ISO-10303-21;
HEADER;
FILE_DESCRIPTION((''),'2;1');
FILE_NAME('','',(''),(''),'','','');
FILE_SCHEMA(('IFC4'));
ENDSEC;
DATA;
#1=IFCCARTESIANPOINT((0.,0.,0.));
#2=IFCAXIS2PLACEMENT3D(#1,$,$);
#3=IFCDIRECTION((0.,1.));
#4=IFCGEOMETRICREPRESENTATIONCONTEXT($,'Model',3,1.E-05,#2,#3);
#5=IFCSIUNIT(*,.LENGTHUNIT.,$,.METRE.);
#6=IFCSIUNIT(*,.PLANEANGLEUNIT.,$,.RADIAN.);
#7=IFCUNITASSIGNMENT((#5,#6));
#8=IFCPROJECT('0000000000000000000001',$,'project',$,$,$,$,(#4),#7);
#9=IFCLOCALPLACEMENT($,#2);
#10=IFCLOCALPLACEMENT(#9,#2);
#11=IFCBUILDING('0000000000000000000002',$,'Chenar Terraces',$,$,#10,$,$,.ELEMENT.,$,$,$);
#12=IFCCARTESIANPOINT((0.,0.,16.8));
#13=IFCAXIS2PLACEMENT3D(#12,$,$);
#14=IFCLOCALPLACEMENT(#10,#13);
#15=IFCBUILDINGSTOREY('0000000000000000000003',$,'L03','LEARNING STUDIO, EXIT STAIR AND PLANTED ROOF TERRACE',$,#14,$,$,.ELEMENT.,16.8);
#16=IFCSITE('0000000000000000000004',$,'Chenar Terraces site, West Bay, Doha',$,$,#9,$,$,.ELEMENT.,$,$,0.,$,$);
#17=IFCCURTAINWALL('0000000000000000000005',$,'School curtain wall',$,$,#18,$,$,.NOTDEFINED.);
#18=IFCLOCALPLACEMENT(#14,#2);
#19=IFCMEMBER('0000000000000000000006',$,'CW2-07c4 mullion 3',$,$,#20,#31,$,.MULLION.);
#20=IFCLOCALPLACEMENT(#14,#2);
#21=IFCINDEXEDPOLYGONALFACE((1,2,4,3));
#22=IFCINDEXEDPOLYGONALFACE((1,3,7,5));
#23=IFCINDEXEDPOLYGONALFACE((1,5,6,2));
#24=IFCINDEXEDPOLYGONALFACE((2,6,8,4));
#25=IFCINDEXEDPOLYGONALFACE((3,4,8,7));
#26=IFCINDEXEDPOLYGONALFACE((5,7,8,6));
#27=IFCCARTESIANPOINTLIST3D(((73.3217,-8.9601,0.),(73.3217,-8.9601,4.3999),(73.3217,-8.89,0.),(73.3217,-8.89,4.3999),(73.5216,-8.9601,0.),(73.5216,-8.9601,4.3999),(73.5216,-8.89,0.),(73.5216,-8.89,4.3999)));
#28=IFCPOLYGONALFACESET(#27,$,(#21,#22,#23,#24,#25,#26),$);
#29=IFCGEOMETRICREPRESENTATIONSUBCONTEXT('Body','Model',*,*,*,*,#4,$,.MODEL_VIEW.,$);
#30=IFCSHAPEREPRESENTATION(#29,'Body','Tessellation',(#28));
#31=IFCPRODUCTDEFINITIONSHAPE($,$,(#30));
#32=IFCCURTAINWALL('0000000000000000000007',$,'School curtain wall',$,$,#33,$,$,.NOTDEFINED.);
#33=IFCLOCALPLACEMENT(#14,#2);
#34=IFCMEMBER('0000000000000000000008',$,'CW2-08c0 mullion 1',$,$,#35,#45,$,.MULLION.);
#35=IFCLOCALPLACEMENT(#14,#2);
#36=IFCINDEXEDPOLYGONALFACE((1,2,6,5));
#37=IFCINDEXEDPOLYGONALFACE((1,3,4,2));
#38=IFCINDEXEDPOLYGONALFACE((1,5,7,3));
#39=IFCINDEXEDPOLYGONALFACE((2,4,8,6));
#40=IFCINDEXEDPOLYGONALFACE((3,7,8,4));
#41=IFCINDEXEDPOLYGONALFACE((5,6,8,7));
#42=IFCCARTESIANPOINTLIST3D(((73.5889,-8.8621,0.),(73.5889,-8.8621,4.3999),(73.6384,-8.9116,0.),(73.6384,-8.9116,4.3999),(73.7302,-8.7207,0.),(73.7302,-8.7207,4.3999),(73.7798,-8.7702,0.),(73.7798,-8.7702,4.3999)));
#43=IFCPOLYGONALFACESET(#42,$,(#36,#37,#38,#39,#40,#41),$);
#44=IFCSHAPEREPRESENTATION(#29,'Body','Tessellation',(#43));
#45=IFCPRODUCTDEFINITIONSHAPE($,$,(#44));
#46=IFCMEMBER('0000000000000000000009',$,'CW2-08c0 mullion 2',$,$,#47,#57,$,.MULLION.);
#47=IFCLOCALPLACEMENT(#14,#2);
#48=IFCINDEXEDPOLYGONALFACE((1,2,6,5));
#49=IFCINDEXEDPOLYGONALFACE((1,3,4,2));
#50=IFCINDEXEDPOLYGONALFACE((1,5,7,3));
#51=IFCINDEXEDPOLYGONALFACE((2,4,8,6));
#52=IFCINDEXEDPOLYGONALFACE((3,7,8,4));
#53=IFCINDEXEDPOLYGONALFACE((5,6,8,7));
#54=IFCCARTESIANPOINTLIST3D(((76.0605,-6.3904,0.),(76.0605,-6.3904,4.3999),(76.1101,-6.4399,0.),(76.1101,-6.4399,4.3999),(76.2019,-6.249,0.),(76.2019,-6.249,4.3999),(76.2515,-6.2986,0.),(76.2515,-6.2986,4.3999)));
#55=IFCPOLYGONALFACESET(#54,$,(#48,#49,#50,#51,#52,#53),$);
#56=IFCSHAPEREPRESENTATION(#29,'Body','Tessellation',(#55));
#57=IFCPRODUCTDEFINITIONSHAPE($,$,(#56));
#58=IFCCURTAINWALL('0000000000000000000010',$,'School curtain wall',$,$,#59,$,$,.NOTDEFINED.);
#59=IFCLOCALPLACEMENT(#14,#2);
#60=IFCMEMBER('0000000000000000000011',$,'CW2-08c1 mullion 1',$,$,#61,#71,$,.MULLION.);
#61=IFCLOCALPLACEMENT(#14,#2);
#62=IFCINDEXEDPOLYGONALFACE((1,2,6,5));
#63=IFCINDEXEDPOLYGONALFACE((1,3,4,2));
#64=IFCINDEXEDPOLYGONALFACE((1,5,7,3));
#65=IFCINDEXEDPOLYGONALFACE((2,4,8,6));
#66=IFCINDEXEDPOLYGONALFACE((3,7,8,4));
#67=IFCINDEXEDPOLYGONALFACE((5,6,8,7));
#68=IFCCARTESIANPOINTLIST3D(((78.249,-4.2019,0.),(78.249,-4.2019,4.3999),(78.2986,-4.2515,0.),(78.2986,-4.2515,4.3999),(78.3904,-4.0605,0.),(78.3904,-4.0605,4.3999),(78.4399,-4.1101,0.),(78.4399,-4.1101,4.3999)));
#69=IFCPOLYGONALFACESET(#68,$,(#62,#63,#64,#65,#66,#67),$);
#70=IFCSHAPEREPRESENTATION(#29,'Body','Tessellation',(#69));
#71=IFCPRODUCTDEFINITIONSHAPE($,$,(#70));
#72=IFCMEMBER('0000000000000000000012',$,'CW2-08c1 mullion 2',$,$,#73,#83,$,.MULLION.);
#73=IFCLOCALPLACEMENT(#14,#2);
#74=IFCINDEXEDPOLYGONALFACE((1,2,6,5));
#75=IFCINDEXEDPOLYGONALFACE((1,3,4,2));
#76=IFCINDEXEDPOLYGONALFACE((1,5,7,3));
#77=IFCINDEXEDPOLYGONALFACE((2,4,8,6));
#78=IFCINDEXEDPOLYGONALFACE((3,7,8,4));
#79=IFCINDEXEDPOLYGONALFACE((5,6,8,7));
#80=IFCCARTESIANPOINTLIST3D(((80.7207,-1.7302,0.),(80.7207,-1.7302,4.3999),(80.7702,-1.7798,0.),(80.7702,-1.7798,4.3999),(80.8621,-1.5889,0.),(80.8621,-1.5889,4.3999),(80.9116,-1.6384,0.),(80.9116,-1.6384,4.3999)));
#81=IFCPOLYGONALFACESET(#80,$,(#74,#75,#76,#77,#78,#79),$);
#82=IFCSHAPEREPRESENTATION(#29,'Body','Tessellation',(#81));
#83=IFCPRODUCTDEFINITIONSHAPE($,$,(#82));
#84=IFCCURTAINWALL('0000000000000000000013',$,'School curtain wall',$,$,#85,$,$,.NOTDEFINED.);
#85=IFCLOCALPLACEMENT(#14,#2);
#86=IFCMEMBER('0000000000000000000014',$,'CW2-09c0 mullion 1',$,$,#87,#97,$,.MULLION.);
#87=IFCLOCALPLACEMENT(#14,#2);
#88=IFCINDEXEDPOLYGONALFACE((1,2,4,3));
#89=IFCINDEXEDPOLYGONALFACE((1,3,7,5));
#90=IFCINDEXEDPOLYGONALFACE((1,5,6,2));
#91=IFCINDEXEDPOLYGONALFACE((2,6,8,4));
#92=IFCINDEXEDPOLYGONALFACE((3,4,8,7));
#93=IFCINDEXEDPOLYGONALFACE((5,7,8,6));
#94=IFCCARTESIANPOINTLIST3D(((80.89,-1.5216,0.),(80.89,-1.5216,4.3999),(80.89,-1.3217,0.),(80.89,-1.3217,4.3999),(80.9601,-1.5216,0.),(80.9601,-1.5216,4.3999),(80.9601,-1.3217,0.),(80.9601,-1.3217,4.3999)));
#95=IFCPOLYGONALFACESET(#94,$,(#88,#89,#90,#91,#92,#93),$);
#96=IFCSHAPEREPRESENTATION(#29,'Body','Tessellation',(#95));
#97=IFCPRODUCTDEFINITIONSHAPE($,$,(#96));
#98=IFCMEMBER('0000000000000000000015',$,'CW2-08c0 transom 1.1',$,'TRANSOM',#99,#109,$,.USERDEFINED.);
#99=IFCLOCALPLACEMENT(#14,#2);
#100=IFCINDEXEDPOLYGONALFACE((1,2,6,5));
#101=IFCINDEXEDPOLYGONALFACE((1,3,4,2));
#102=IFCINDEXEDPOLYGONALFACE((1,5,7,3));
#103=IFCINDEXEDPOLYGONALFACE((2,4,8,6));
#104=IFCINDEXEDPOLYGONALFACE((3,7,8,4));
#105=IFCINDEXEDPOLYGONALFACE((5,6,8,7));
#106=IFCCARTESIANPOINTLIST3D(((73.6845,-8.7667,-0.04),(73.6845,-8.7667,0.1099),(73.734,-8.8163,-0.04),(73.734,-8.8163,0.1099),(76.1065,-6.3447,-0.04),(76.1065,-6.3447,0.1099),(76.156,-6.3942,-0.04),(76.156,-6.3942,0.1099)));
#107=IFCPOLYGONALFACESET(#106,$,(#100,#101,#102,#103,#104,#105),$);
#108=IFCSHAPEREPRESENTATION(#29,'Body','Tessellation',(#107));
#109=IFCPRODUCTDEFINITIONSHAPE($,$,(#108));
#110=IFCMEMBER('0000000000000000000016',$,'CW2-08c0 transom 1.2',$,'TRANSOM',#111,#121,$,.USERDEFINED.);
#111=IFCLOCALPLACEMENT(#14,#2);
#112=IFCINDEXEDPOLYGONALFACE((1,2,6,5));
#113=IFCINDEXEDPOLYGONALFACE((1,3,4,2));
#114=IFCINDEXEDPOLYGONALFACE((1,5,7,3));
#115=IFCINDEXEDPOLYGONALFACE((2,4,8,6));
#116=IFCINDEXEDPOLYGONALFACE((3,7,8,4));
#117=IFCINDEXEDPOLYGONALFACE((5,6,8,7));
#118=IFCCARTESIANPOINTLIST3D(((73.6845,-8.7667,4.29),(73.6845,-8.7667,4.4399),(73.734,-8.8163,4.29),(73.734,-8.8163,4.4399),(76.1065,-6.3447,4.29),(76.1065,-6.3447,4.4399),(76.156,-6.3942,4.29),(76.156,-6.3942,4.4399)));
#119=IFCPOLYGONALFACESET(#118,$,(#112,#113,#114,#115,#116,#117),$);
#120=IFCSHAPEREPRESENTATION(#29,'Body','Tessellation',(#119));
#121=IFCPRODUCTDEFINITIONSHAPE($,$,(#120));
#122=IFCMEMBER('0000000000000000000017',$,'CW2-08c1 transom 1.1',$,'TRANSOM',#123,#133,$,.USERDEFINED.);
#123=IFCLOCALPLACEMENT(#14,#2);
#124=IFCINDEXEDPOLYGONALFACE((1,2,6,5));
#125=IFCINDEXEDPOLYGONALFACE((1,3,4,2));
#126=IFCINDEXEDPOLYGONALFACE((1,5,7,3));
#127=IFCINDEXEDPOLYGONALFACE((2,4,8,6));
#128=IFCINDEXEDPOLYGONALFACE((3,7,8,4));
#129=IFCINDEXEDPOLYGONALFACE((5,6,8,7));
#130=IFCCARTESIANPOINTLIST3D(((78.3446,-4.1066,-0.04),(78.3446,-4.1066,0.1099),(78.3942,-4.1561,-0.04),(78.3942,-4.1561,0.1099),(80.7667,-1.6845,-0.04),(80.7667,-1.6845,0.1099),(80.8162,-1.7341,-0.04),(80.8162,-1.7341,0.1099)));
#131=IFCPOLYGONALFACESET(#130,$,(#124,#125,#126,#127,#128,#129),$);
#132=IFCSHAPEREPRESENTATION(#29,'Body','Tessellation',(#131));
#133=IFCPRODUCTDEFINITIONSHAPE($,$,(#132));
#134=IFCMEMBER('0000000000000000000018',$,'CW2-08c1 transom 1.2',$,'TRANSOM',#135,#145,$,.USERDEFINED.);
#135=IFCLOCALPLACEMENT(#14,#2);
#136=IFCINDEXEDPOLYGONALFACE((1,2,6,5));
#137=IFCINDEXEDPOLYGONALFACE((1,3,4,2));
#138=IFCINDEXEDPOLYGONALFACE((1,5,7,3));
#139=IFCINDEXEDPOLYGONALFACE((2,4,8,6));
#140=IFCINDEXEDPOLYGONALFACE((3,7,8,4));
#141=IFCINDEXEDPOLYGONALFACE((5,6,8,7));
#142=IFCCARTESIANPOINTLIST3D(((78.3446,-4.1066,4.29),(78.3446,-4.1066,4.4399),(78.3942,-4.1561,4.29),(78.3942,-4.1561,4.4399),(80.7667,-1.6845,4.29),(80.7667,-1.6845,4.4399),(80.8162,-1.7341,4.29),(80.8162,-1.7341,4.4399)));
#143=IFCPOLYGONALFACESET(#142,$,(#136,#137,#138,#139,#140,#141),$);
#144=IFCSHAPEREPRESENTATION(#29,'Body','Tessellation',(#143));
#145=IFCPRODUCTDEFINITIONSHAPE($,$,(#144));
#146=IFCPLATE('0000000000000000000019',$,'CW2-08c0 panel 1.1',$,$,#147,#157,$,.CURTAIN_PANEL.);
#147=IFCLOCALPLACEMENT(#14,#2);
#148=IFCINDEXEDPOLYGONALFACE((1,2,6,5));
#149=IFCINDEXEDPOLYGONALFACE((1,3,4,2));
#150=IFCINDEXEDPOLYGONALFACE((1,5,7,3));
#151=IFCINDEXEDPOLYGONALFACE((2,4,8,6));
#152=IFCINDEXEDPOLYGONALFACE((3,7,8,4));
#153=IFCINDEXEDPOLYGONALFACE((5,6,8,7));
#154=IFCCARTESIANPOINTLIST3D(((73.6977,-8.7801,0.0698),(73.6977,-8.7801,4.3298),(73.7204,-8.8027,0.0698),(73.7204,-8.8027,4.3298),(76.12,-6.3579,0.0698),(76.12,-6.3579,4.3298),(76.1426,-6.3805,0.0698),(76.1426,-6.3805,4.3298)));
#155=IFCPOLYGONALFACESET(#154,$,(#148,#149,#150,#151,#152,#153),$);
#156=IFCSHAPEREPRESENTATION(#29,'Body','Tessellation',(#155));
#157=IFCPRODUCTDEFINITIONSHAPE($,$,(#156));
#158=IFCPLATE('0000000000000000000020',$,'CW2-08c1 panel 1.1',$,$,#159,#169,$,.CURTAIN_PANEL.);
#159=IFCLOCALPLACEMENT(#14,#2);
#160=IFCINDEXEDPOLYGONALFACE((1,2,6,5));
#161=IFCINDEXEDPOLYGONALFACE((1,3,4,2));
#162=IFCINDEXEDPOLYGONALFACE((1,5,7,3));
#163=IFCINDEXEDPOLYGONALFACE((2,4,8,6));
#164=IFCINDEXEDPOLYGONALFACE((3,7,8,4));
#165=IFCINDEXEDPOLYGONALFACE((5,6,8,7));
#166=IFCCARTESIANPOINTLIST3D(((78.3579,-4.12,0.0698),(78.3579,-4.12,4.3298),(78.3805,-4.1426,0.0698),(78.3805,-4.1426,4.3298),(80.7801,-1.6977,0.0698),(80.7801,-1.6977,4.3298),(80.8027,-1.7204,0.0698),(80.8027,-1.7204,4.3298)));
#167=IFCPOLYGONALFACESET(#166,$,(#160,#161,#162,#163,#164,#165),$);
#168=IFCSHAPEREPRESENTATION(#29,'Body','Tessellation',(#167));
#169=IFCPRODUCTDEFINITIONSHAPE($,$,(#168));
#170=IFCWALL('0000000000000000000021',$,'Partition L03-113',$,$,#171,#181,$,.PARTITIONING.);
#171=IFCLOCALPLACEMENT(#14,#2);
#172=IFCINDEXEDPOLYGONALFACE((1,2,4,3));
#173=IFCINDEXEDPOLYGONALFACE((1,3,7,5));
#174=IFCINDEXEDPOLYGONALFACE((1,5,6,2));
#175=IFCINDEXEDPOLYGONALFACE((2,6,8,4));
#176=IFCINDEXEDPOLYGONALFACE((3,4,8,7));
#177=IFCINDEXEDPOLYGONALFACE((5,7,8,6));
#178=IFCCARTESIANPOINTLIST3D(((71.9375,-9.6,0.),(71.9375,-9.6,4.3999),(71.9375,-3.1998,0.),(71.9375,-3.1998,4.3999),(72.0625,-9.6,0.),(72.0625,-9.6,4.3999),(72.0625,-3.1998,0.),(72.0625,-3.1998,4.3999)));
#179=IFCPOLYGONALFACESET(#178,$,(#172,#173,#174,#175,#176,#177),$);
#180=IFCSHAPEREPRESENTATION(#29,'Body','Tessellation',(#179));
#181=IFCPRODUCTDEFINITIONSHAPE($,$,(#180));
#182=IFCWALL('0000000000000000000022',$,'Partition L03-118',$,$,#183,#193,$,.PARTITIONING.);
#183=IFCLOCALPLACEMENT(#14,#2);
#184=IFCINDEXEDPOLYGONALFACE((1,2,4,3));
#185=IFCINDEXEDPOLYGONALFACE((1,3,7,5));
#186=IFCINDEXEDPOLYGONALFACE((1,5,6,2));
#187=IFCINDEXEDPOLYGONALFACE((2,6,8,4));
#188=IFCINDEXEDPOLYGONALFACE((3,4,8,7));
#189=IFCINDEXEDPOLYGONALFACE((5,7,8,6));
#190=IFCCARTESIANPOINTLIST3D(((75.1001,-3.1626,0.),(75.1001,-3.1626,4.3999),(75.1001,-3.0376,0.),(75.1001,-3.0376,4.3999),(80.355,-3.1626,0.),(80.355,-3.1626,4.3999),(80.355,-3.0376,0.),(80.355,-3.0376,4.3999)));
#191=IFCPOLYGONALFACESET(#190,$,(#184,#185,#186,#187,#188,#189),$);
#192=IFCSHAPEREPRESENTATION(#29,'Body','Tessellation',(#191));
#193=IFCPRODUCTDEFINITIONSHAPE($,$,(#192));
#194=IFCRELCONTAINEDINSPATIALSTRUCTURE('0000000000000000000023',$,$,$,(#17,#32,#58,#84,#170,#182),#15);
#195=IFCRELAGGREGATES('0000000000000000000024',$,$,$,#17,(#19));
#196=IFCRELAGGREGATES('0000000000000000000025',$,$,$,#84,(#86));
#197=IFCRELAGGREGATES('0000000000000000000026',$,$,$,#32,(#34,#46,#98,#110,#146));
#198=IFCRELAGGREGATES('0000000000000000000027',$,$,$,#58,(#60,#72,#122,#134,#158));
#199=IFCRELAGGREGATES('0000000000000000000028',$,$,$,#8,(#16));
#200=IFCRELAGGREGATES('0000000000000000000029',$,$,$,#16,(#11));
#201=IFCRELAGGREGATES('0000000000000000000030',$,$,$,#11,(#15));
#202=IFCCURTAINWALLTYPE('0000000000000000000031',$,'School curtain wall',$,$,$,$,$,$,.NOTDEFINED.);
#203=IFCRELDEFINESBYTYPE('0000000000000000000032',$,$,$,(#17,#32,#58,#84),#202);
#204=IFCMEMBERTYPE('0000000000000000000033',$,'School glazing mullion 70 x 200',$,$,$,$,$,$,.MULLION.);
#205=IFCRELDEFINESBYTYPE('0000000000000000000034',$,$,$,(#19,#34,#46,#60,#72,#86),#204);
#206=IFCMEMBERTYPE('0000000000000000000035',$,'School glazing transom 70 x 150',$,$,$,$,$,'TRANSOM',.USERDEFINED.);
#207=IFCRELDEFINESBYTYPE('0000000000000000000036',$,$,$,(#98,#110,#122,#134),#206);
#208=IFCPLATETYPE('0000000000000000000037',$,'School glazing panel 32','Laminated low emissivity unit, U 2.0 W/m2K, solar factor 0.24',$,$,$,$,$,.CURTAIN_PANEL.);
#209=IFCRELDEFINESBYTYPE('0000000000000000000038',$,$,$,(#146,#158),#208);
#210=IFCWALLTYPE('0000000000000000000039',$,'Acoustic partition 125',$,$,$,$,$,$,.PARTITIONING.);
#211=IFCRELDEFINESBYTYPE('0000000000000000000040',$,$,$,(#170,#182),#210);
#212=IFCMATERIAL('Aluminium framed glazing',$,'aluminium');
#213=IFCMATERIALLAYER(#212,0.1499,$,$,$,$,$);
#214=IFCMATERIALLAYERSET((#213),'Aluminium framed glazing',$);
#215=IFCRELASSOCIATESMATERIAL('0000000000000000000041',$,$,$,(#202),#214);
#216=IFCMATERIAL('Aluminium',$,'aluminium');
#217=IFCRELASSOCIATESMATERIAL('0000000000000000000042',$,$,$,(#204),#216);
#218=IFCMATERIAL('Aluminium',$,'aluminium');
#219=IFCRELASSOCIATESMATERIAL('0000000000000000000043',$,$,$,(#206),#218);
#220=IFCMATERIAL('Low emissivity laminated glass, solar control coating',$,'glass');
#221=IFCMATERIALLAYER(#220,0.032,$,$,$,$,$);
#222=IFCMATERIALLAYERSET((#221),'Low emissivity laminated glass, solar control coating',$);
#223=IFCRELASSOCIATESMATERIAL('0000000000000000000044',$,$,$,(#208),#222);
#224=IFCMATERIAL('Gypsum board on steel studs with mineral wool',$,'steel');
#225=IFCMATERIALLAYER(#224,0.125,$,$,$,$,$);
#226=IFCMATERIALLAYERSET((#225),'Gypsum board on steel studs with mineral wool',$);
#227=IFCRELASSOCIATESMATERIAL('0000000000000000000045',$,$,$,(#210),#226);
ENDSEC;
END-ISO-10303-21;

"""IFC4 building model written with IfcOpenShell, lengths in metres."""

from ifc_helpers import new_model, si_unit, direction, frame, frame_2d, origin, origin_2d, place, context, subcontext, project, spatial, rectangle, extrude, material, layer, layer_set, material_profile, profile_set, type_object, element, aggregate, save


model = new_model("IFC4")

# Units and contexts
model_context = context("Model", 3, precision=1e-05, world=origin(), true_north=direction((0.0, 1.0)))
body_context = subcontext(model_context, "Body", "Model", "MODEL_VIEW")
ifc_project = project(units=[si_unit("LENGTHUNIT", "METRE"), si_unit("PLANEANGLEUNIT", "RADIAN")], contexts=[model_context])

# Site, building, storey
site_placement = place(None, origin())
site = spatial("IfcSite", under=ifc_project, at=site_placement, Name="Chenar Terraces site, West Bay, Doha", CompositionType="ELEMENT", RefElevation=0.0)
building_placement = place(site_placement, origin())
building = spatial("IfcBuilding", under=site, at=building_placement, Name="Chenar Terraces", CompositionType="ELEMENT")
storey_placement = place(building_placement, frame((0.0, 0.0, 16.8)))
storey = spatial("IfcBuildingStorey", under=building, at=storey_placement, Name="L03", Description="LEARNING STUDIO, EXIT STAIR AND PLANTED ROOF TERRACE", CompositionType="ELEMENT", Elevation=16.8)

# Curtain wall, member
ifc_material_1 = material(Name="Aluminium framed glazing", Category="aluminium")
ifc_layer_1 = layer(ifc_material_1, 0.1499)
ifc_layer_set_1 = layer_set([ifc_layer_1], Name="Aluminium framed glazing")
curtain_wall_type = type_object("IfcCurtainWallType", Name="School curtain wall", PredefinedType="NOTDEFINED", material=ifc_layer_set_1)
placement = place(storey_placement, origin())
curtain_wall_1 = element("IfcCurtainWall", 1, at=placement, inside=storey, type_object=curtain_wall_type, Name="School curtain wall", PredefinedType="NOTDEFINED")
ifc_material_2 = material(Name="Aluminium", Category="aluminium")
ifc_material_profile_1 = material_profile(ifc_material_2, rectangle(XDim=0.0701, YDim=0.2, at=origin_2d()), Name="School glazing mullion 70 x 200")
ifc_profile_set_1 = profile_set([ifc_material_profile_1], Name="Aluminium")
member_type_1 = type_object("IfcMemberType", Name="School glazing mullion 70 x 200", PredefinedType="MULLION", material=ifc_profile_set_1)
member_1_placement = place(storey_placement, frame((73.4216, -8.925, 0.0), z_axis=(0.0, 0.0, 1.0), x_axis=(0.0, 1.0, 0.0)))
member_1 = element("IfcMember", 2, at=member_1_placement, type_object=member_type_1, Name="CW2-07c4 mullion 3", PredefinedType="MULLION", context=body_context, shape_type="SweptSolid", body=[
    extrude(rectangle(XDim=0.0701, YDim=0.2, at=origin_2d()), origin(), (0.0, 0.0, 1.0), 4.3999),
])
aggregate(curtain_wall_1, [member_1])

# Curtain walls, members
curtain_wall_2 = element("IfcCurtainWall", 3, at=placement, inside=storey, type_object=curtain_wall_type, Name="School curtain wall", PredefinedType="NOTDEFINED")
member_2_placement = place(storey_placement, frame((73.6843, -8.8162, 0.0), z_axis=(0.0, 0.0, 1.0), x_axis=(-0.707107, 0.707107, 0.0)))
member_2 = element("IfcMember", 4, at=member_2_placement, type_object=member_type_1, Name="CW2-08c0 mullion 1", PredefinedType="MULLION", context=body_context, shape_type="SweptSolid", body=[
    extrude(rectangle(XDim=0.0701, YDim=0.2, at=origin_2d()), origin(), (0.0, 0.0, 1.0), 4.3999),
])
member_3_placement = place(storey_placement, frame((76.156, -6.3445, 0.0), z_axis=(0.0, 0.0, 1.0), x_axis=(-0.707107, 0.707107, 0.0)))
member_3 = element("IfcMember", 5, at=member_3_placement, type_object=member_type_1, Name="CW2-08c0 mullion 2", PredefinedType="MULLION", context=body_context, shape_type="SweptSolid", body=[
    extrude(rectangle(XDim=0.0701, YDim=0.2, at=origin_2d()), origin(), (0.0, 0.0, 1.0), 4.3999),
])
curtain_wall_3 = element("IfcCurtainWall", 6, at=placement, inside=storey, type_object=curtain_wall_type, Name="School curtain wall", PredefinedType="NOTDEFINED")
member_4_placement = place(storey_placement, frame((78.3445, -4.156, 0.0), z_axis=(0.0, 0.0, 1.0), x_axis=(-0.707107, 0.707107, 0.0)))
member_4 = element("IfcMember", 7, at=member_4_placement, type_object=member_type_1, Name="CW2-08c1 mullion 1", PredefinedType="MULLION", context=body_context, shape_type="SweptSolid", body=[
    extrude(rectangle(XDim=0.0701, YDim=0.2, at=origin_2d()), origin(), (0.0, 0.0, 1.0), 4.3999),
])
member_5_placement = place(storey_placement, frame((80.8162, -1.6843, 0.0), z_axis=(0.0, 0.0, 1.0), x_axis=(-0.707107, 0.707107, 0.0)))
member_5 = element("IfcMember", 8, at=member_5_placement, type_object=member_type_1, Name="CW2-08c1 mullion 2", PredefinedType="MULLION", context=body_context, shape_type="SweptSolid", body=[
    extrude(rectangle(XDim=0.0701, YDim=0.2, at=origin_2d()), origin(), (0.0, 0.0, 1.0), 4.3999),
])

# Curtain wall, member
curtain_wall_4 = element("IfcCurtainWall", 9, at=placement, inside=storey, type_object=curtain_wall_type, Name="School curtain wall", PredefinedType="NOTDEFINED")
member_6_placement = place(storey_placement, frame((80.925, -1.4216, 0.0), z_axis=(0.0, 0.0, 1.0), x_axis=(-1.0, 0.0, 0.0)))
member_6 = element("IfcMember", 10, at=member_6_placement, type_object=member_type_1, Name="CW2-09c0 mullion 1", PredefinedType="MULLION", context=body_context, shape_type="SweptSolid", body=[
    extrude(rectangle(XDim=0.0701, YDim=0.2, at=origin_2d()), origin(), (0.0, 0.0, 1.0), 4.3999),
])
aggregate(curtain_wall_4, [member_6])

# Members
ifc_material_3 = material(Name="Aluminium", Category="aluminium")
ifc_material_profile_2 = material_profile(ifc_material_3, rectangle(XDim=0.0701, YDim=0.1499, at=origin_2d()), Name="School glazing transom 70 x 150")
ifc_profile_set_2 = profile_set([ifc_material_profile_2], Name="Aluminium")
member_type_2 = type_object("IfcMemberType", Name="School glazing transom 70 x 150", ElementType="TRANSOM", PredefinedType="USERDEFINED", material=ifc_profile_set_2)
member_7_placement = place(storey_placement, frame((73.7092, -8.7915, 0.0349), z_axis=(0.707107, 0.707107, 0.0), x_axis=(-0.707107, 0.707107, 0.0)))
member_7 = element("IfcMember", 11, at=member_7_placement, type_object=member_type_2, Name="CW2-08c0 transom 1.1", ObjectType="TRANSOM", PredefinedType="USERDEFINED", context=body_context, shape_type="SweptSolid", body=[
    extrude(rectangle(XDim=0.0701, YDim=0.1499, at=origin_2d()), origin(), (0.0, 0.0, 1.0), 3.4253),
])
member_8_placement = place(storey_placement, frame((73.7092, -8.7915, 4.365), z_axis=(0.707107, 0.707107, 0.0), x_axis=(-0.707107, 0.707107, 0.0)))
member_8 = element("IfcMember", 12, at=member_8_placement, type_object=member_type_2, Name="CW2-08c0 transom 1.2", ObjectType="TRANSOM", PredefinedType="USERDEFINED", context=body_context, shape_type="SweptSolid", body=[
    extrude(rectangle(XDim=0.0701, YDim=0.1499, at=origin_2d()), origin(), (0.0, 0.0, 1.0), 3.4253),
])
member_9_placement = place(storey_placement, frame((78.3694, -4.1313, 0.0349), z_axis=(0.707107, 0.707107, 0.0), x_axis=(-0.707107, 0.707107, 0.0)))
member_9 = element("IfcMember", 13, at=member_9_placement, type_object=member_type_2, Name="CW2-08c1 transom 1.1", ObjectType="TRANSOM", PredefinedType="USERDEFINED", context=body_context, shape_type="SweptSolid", body=[
    extrude(rectangle(XDim=0.0701, YDim=0.1499, at=origin_2d()), origin(), (0.0, 0.0, 1.0), 3.4253),
])
member_10_placement = place(storey_placement, frame((78.3694, -4.1313, 4.365), z_axis=(0.707107, 0.707107, 0.0), x_axis=(-0.707107, 0.707107, 0.0)))
member_10 = element("IfcMember", 14, at=member_10_placement, type_object=member_type_2, Name="CW2-08c1 transom 1.2", ObjectType="TRANSOM", PredefinedType="USERDEFINED", context=body_context, shape_type="SweptSolid", body=[
    extrude(rectangle(XDim=0.0701, YDim=0.1499, at=origin_2d()), origin(), (0.0, 0.0, 1.0), 3.4253),
])

# Plates
ifc_material_4 = material(Name="Low emissivity laminated glass, solar control coating", Category="glass")
ifc_layer_2 = layer(ifc_material_4, 0.032)
ifc_layer_set_2 = layer_set([ifc_layer_2], Name="Low emissivity laminated glass, solar control coating")
plate_type = type_object("IfcPlateType", Name="School glazing panel 32", Description="Laminated low emissivity unit, U 2.0 W/m2K, solar factor 0.24", PredefinedType="CURTAIN_PANEL", material=ifc_layer_set_2)
plate_1_placement = place(storey_placement, frame((74.9202, -7.5803, 0.0698), z_axis=(0.0, 0.0, 1.0), x_axis=(0.707107, 0.707107, 0.0)))
plate_1 = element("IfcPlate", 15, at=plate_1_placement, type_object=plate_type, Name="CW2-08c0 panel 1.1", PredefinedType="CURTAIN_PANEL", context=body_context, shape_type="SweptSolid", body=[
    extrude(rectangle(XDim=3.4255, YDim=0.032, at=origin_2d()), origin(), (0.0, 0.0, 1.0), 4.26),
])
aggregate(curtain_wall_2, [member_2, member_3, member_7, member_8, plate_1])
plate_2_placement = place(storey_placement, frame((79.5803, -2.9202, 0.0698), z_axis=(0.0, 0.0, 1.0), x_axis=(0.707107, 0.707107, 0.0)))
plate_2 = element("IfcPlate", 16, at=plate_2_placement, type_object=plate_type, Name="CW2-08c1 panel 1.1", PredefinedType="CURTAIN_PANEL", context=body_context, shape_type="SweptSolid", body=[
    extrude(rectangle(XDim=3.4255, YDim=0.032, at=origin_2d()), origin(), (0.0, 0.0, 1.0), 4.26),
])
aggregate(curtain_wall_3, [member_4, member_5, member_9, member_10, plate_2])

# Walls
ifc_material_5 = material(Name="Gypsum board on steel studs with mineral wool", Category="steel")
ifc_layer_3 = layer(ifc_material_5, 0.125)
ifc_layer_set_3 = layer_set([ifc_layer_3], Name="Gypsum board on steel studs with mineral wool")
wall_type_1 = type_object("IfcWallType", Name="Acoustic partition 125", PredefinedType="PARTITIONING", material=ifc_layer_set_3)
wall_1_placement = place(storey_placement, frame((72.0, -9.6001, 0.0), z_axis=(0.0, 0.0, 1.0), x_axis=(0.0, 1.0, 0.0)))
element("IfcWall", 17, at=wall_1_placement, inside=storey, type_object=wall_type_1, Name="Partition L03-113", PredefinedType="PARTITIONING", context=body_context, shape_type="SweptSolid", body=[
    extrude(rectangle(XDim=6.4001, YDim=0.125, at=frame_2d((3.2002, 0.0))), origin(), (0.0, 0.0, 1.0), 4.3999),
])
wall_2_placement = place(storey_placement, frame((75.1001, -3.1001, 0.0), z_axis=(0.0, 0.0, 1.0), x_axis=(1.0, 0.0, 0.0)))
element("IfcWall", 18, at=wall_2_placement, inside=storey, type_object=wall_type_1, Name="Partition L03-118", PredefinedType="PARTITIONING", context=body_context, shape_type="SweptSolid", body=[
    extrude(rectangle(XDim=5.2549, YDim=0.125, at=frame_2d((2.6274, 0.0))), origin(), (0.0, 0.0, 1.0), 4.3999),
])

save(model, "model.ifc")
